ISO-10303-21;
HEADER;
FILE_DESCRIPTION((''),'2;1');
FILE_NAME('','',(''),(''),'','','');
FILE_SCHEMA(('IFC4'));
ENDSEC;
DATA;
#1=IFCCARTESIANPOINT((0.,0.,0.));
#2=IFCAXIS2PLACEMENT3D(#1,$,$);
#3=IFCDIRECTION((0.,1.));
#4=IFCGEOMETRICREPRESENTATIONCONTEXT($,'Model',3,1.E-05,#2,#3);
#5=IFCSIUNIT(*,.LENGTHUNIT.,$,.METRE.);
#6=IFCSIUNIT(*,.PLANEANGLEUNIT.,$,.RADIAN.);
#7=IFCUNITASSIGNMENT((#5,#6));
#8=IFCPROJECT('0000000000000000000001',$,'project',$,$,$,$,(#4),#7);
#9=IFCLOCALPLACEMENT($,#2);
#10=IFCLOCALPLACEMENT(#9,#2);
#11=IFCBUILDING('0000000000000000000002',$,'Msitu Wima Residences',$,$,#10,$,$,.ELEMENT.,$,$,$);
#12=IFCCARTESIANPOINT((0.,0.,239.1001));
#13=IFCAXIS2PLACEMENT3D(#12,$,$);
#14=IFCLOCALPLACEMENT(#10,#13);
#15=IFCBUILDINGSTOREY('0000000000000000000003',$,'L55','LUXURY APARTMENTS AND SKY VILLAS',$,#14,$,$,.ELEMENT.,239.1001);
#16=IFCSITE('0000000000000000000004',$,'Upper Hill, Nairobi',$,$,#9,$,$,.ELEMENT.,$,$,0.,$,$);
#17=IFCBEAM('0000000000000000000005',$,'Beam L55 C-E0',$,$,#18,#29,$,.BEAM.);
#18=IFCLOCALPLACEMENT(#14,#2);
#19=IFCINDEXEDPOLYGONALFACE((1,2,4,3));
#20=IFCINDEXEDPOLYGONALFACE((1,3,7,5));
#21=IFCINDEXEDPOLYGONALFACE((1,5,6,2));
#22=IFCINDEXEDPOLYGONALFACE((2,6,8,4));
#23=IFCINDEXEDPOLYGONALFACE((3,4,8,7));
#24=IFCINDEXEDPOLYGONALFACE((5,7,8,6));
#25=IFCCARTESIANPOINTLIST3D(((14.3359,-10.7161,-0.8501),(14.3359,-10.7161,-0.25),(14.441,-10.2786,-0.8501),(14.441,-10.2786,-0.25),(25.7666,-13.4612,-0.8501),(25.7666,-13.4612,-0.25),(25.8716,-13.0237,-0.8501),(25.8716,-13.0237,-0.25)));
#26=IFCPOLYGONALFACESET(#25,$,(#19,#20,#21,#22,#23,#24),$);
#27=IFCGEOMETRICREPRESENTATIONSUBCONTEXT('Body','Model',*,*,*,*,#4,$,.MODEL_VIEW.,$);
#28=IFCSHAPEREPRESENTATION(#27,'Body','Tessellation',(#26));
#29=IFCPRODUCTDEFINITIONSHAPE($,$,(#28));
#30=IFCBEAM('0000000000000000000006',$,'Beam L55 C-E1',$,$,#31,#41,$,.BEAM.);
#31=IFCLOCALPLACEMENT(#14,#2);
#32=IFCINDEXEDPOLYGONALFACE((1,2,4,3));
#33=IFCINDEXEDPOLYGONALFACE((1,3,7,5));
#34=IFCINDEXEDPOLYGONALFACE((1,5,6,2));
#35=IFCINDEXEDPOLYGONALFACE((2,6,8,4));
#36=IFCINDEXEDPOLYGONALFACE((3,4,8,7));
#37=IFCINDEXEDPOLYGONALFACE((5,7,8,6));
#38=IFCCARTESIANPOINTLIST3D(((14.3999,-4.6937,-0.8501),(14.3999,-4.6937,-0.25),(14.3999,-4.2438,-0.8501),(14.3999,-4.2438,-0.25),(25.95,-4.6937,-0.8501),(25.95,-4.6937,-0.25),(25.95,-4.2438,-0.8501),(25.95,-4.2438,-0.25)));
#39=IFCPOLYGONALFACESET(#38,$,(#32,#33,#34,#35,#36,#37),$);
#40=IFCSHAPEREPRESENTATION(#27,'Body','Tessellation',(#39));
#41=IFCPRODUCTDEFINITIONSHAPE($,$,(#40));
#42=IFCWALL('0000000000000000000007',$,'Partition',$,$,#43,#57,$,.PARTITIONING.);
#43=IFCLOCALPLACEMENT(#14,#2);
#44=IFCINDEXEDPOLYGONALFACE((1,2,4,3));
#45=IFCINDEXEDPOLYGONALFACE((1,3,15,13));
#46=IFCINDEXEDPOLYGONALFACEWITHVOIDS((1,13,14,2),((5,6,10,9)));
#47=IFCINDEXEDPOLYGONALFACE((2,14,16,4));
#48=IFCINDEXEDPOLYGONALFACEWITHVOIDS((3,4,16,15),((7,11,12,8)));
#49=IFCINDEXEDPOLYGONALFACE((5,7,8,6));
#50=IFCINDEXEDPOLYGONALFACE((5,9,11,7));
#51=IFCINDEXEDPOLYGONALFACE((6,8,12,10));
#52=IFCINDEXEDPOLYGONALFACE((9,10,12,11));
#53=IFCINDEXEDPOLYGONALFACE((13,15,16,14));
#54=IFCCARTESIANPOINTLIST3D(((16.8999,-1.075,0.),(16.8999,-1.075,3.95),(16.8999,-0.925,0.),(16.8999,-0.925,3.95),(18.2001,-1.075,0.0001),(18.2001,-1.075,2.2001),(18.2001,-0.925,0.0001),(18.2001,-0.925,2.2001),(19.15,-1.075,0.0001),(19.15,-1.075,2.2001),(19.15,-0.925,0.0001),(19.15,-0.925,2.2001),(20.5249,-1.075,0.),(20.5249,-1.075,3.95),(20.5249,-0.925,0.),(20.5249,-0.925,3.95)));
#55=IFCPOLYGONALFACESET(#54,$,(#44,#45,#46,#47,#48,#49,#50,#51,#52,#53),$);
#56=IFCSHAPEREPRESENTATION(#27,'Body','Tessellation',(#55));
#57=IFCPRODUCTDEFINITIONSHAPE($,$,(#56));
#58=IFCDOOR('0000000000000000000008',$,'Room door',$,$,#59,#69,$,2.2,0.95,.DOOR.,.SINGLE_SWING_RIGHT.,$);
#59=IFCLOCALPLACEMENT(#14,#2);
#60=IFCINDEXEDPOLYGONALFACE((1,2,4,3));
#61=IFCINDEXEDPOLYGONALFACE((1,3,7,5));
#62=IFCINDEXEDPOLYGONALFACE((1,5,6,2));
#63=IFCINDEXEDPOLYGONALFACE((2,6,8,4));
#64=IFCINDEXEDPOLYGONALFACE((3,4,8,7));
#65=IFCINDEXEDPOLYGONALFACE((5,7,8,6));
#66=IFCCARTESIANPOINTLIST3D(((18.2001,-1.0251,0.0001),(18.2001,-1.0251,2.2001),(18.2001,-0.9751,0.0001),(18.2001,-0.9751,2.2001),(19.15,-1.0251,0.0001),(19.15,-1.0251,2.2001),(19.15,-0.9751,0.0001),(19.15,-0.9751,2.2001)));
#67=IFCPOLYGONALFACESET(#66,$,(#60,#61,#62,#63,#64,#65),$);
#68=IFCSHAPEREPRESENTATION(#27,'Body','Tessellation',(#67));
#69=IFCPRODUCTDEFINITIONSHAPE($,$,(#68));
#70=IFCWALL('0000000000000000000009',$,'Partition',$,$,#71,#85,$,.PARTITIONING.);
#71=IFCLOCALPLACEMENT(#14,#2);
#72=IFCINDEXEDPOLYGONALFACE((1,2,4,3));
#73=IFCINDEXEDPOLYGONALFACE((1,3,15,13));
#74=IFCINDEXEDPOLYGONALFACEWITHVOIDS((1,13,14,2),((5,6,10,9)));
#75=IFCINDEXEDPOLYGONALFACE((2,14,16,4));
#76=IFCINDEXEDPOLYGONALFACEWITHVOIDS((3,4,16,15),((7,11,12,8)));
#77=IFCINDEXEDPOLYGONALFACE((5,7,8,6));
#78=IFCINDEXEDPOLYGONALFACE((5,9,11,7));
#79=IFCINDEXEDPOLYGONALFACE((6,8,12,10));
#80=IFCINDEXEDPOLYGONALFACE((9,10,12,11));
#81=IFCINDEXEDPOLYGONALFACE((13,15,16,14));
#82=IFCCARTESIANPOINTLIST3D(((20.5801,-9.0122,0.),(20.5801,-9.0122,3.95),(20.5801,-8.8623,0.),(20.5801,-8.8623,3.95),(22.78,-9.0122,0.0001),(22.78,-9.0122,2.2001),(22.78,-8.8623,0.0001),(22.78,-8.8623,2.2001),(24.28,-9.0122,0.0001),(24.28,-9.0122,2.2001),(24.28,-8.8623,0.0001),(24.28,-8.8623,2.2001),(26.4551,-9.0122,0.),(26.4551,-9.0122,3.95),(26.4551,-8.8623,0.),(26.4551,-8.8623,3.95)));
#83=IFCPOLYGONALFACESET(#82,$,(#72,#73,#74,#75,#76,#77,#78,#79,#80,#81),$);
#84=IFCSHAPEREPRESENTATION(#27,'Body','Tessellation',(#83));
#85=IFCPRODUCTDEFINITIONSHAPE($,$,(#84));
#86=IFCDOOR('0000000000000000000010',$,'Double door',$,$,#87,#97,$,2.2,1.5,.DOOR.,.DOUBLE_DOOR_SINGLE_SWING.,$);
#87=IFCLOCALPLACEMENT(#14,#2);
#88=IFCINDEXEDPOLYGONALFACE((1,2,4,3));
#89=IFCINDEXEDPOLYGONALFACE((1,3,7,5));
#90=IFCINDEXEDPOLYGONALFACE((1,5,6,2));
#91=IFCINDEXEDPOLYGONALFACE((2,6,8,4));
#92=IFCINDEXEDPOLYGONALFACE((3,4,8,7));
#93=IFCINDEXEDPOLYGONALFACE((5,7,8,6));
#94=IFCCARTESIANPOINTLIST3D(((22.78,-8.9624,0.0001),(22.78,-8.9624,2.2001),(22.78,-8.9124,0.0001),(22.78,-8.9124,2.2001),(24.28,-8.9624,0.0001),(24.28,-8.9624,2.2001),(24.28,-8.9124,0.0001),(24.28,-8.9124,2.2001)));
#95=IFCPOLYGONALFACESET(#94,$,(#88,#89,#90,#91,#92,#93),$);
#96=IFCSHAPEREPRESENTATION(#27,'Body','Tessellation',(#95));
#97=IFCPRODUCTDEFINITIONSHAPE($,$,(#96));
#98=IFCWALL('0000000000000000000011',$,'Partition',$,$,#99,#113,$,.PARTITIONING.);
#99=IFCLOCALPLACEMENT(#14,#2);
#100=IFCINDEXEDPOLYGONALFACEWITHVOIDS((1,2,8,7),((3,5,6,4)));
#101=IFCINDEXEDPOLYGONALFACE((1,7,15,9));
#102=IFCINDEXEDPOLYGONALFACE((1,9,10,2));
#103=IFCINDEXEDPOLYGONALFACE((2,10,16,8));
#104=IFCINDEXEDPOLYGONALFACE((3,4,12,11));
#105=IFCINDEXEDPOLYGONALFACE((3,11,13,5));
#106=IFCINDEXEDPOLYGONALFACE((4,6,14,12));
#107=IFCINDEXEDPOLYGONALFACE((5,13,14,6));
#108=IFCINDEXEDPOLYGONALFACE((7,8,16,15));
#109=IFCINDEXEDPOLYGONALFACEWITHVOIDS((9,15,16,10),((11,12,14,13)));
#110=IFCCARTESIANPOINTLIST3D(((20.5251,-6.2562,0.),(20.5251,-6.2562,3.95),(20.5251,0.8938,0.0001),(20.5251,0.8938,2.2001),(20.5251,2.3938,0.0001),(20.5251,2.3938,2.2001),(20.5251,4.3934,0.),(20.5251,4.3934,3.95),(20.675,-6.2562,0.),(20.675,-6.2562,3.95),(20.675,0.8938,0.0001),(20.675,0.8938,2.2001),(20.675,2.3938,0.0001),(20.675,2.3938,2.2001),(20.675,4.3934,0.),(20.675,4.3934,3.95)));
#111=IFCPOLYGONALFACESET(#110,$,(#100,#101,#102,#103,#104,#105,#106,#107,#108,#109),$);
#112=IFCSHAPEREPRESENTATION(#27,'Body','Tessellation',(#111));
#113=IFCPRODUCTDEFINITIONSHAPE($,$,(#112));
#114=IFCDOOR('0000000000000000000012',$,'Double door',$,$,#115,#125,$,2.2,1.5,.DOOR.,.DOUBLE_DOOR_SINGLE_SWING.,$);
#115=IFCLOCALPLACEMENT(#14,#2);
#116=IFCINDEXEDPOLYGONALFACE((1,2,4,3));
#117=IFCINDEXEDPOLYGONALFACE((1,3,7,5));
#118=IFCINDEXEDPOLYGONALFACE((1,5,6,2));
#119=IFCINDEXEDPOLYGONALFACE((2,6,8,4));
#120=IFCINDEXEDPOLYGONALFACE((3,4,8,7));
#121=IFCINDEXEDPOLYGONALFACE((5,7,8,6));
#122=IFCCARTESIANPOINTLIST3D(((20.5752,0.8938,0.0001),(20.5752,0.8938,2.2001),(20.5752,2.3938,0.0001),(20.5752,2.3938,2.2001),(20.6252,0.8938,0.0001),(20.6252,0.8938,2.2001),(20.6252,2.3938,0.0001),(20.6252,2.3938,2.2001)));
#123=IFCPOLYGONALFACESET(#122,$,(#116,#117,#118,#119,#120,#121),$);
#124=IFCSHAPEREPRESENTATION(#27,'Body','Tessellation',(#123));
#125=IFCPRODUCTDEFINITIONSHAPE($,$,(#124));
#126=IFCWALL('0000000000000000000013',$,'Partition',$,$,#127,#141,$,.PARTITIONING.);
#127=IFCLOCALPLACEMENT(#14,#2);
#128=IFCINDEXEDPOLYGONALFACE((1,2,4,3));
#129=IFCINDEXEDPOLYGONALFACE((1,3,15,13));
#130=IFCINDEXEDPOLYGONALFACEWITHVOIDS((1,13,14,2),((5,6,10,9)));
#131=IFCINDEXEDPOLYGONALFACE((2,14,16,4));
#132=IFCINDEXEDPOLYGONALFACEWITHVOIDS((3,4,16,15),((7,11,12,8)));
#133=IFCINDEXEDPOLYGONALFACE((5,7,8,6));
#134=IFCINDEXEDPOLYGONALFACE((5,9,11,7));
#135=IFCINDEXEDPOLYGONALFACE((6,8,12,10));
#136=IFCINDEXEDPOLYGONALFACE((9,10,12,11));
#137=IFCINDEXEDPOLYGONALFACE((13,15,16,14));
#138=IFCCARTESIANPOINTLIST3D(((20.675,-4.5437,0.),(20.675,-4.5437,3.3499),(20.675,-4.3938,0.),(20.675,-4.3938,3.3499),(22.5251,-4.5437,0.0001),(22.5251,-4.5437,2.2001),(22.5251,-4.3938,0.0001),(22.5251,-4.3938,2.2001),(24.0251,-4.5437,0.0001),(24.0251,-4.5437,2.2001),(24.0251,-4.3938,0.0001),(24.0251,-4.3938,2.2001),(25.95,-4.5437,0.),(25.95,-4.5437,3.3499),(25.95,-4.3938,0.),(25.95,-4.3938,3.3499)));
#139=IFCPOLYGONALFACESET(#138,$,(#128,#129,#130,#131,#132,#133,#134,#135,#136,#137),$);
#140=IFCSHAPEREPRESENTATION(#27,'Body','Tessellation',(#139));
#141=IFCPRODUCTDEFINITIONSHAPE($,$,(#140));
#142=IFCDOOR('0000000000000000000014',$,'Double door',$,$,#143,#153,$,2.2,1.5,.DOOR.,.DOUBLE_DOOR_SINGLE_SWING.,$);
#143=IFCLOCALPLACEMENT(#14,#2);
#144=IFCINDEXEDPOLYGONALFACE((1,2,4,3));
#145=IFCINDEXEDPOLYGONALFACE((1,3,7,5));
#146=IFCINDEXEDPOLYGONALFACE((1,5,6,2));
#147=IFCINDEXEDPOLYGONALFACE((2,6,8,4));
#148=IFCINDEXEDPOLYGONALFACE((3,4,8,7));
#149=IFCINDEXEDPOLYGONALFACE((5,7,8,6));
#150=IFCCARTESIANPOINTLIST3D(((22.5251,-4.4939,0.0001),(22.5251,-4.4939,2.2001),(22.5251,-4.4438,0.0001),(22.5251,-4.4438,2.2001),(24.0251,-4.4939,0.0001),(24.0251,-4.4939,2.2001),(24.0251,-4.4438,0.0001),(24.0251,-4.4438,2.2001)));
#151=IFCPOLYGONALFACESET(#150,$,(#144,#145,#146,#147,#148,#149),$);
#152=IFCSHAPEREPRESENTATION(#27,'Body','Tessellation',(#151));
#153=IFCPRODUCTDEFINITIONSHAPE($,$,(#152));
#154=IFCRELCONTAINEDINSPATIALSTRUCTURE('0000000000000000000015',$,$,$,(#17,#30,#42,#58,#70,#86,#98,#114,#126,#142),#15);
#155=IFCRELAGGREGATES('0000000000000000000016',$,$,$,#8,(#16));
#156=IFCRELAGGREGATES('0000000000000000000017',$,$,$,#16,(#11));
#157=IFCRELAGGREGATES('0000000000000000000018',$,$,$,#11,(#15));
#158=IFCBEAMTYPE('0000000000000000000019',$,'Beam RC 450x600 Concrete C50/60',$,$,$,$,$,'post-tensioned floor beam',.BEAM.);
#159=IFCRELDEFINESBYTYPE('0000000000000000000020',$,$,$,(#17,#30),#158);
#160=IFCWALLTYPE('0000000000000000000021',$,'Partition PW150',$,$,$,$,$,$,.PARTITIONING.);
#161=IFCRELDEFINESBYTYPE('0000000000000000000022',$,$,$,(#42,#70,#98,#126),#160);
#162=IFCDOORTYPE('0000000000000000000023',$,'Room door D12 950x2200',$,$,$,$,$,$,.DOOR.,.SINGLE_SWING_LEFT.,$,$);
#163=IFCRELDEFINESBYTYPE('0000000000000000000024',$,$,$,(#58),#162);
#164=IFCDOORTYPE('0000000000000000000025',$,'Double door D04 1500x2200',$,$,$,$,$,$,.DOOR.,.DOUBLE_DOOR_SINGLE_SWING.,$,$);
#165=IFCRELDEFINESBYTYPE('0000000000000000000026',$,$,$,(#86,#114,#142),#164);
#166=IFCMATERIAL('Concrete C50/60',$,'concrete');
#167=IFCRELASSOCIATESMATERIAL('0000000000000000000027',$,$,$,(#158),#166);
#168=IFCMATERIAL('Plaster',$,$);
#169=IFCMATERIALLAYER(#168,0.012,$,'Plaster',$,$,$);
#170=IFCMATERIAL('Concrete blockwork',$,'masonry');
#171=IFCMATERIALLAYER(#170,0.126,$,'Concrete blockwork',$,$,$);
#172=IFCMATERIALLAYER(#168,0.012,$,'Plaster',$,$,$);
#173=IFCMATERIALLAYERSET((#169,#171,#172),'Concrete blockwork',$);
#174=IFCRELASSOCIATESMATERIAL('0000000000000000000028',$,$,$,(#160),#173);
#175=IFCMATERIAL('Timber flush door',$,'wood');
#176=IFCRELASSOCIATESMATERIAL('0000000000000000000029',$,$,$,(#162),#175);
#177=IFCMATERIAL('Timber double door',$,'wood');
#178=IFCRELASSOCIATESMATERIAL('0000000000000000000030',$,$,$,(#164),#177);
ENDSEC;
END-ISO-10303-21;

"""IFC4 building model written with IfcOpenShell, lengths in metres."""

from ifc_helpers import new_model, si_unit, direction, frame, frame_2d, origin, origin_2d, place, context, subcontext, project, spatial, rectangle, extrude, material, layer, layer_set, material_profile, profile_set, type_object, element, fill, save


model = new_model("IFC4")

# Units and contexts
model_context = context("Model", 3, precision=1e-05, world=origin(), true_north=direction((0.0, 1.0)))
body_context = subcontext(model_context, "Body", "Model", "MODEL_VIEW")
ifc_project = project(units=[si_unit("LENGTHUNIT", "METRE"), si_unit("PLANEANGLEUNIT", "RADIAN")], contexts=[model_context])

# Site, building, storey
site_placement = place(None, origin())
site = spatial("IfcSite", under=ifc_project, at=site_placement, Name="Upper Hill, Nairobi", CompositionType="ELEMENT", RefElevation=0.0)
building_placement = place(site_placement, origin())
building = spatial("IfcBuilding", under=site, at=building_placement, Name="Msitu Wima Residences", CompositionType="ELEMENT")
storey_placement = place(building_placement, frame((0.0, 0.0, 239.1001)))
storey = spatial("IfcBuildingStorey", under=building, at=storey_placement, Name="L55", Description="LUXURY APARTMENTS AND SKY VILLAS", CompositionType="ELEMENT", Elevation=239.1001)

# Beams
ifc_material_1 = material(Name="Concrete C50/60", Category="concrete")
ifc_material_profile = material_profile(ifc_material_1, rectangle(XDim=0.45, YDim=0.6001, at=origin_2d()), Name="RC 450x600")
ifc_profile_set = profile_set([ifc_material_profile], Name="Concrete C50/60")
beam_type = type_object("IfcBeamType", Name="Beam RC 450x600 Concrete C50/60", ElementType="post-tensioned floor beam", PredefinedType="BEAM", material=ifc_profile_set)
beam_1_placement = place(storey_placement, frame((25.8191, -13.2424, -0.55), z_axis=(-0.972353, 0.233514, 0.0), x_axis=(-0.233514, -0.972353, 0.0)))
element("IfcBeam", 1, at=beam_1_placement, inside=storey, type_object=beam_type, Name="Beam L55 C-E0", PredefinedType="BEAM", context=body_context, shape_type="SweptSolid", body=[
    extrude(rectangle(XDim=0.45, YDim=0.6001, at=origin_2d()), origin(), (0.0, 0.0, 1.0), 11.7556),
])
beam_2_placement = place(storey_placement, frame((25.95, -4.4688, -0.55), z_axis=(-1.0, 0.0, 0.0), x_axis=(0.0, -1.0, 0.0)))
element("IfcBeam", 2, at=beam_2_placement, inside=storey, type_object=beam_type, Name="Beam L55 C-E1", PredefinedType="BEAM", context=body_context, shape_type="SweptSolid", body=[
    extrude(rectangle(XDim=0.45, YDim=0.6001, at=origin_2d()), origin(), (0.0, 0.0, 1.0), 11.55),
])

# Walls, openings, doors
ifc_material_2 = material(Name="Plaster")
ifc_layer_1 = layer(ifc_material_2, 0.012, Name="Plaster")
ifc_material_3 = material(Name="Concrete blockwork", Category="masonry")
ifc_layer_2 = layer(ifc_material_3, 0.126, Name="Concrete blockwork")
ifc_layer_3 = layer(ifc_material_2, 0.012, Name="Plaster")
ifc_layer_set_1 = layer_set([ifc_layer_1, ifc_layer_2, ifc_layer_3], Name="Concrete blockwork")
wall_type_1 = type_object("IfcWallType", Name="Partition PW150", PredefinedType="PARTITIONING", material=ifc_layer_set_1)
wall_1_placement = place(storey_placement, frame((16.8999, -1.0, 0.0), z_axis=(0.0, 0.0, 1.0), x_axis=(1.0, 0.0, 0.0)))
wall_1 = element("IfcWall", 3, at=wall_1_placement, inside=storey, type_object=wall_type_1, Name="Partition", PredefinedType="PARTITIONING", context=body_context, shape_type="SweptSolid", body=[
    extrude(rectangle(XDim=3.625, YDim=0.1499, at=frame_2d((1.8125, 0.0))), origin(), (0.0, 0.0, 1.0), 3.95),
])
opening_1_placement = place(wall_1_placement, frame((1.3, 0.0, 0.0)))
opening_1 = element("IfcOpeningElement", 4, at=opening_1_placement, cuts=wall_1, PredefinedType="OPENING", context=body_context, shape_type="SweptSolid", body=[
    extrude(rectangle(XDim=0.95, YDim=2.2, at=frame_2d((0.4751, 1.1001))), frame((0.0, 0.085, 0.0), z_axis=(0.0, -1.0, 0.0), x_axis=(1.0, 0.0, 0.0)), (0.0, 0.0, 1.0), 0.1699),
])
ifc_material_4 = material(Name="Timber flush door", Category="wood")
door_type_1 = type_object("IfcDoorType", Name="Room door D12 950x2200", OperationType="SINGLE_SWING_LEFT", PredefinedType="DOOR", material=ifc_material_4)
door_1_placement = place(opening_1_placement, origin())
door_1 = element("IfcDoor", 5, at=door_1_placement, inside=storey, type_object=door_type_1, Name="Room door", OperationType="SINGLE_SWING_RIGHT", OverallHeight=2.2, OverallWidth=0.95, PredefinedType="DOOR", context=body_context, shape_type="SweptSolid", body=[
    extrude(rectangle(XDim=0.95, YDim=2.2, at=frame_2d((0.4751, 1.1001))), frame((0.0, 0.0249, 0.0), z_axis=(0.0, -1.0, 0.0), x_axis=(1.0, 0.0, 0.0)), (0.0, 0.0, 1.0), 0.05),
])
fill(opening_1, door_1)
wall_2_placement = place(storey_placement, frame((20.5801, -8.9373, 0.0), z_axis=(0.0, 0.0, 1.0), x_axis=(1.0, 0.0, 0.0)))
wall_2 = element("IfcWall", 6, at=wall_2_placement, inside=storey, type_object=wall_type_1, Name="Partition", PredefinedType="PARTITIONING", context=body_context, shape_type="SweptSolid", body=[
    extrude(rectangle(XDim=5.875, YDim=0.1499, at=frame_2d((2.9375, 0.0))), origin(), (0.0, 0.0, 1.0), 3.95),
])
opening_2_placement = place(wall_2_placement, frame((2.2, 0.0, 0.0)))
opening_2 = element("IfcOpeningElement", 7, at=opening_2_placement, cuts=wall_2, PredefinedType="OPENING", context=body_context, shape_type="SweptSolid", body=[
    extrude(rectangle(XDim=1.5, YDim=2.2, at=frame_2d((0.75, 1.1001))), frame((0.0, 0.085, 0.0), z_axis=(0.0, -1.0, 0.0), x_axis=(1.0, 0.0, 0.0)), (0.0, 0.0, 1.0), 0.1699),
])
ifc_material_5 = material(Name="Timber double door", Category="wood")
door_type_2 = type_object("IfcDoorType", Name="Double door D04 1500x2200", OperationType="DOUBLE_DOOR_SINGLE_SWING", PredefinedType="DOOR", material=ifc_material_5)
door_2_placement = place(opening_2_placement, origin())
door_2 = element("IfcDoor", 8, at=door_2_placement, inside=storey, type_object=door_type_2, Name="Double door", OperationType="DOUBLE_DOOR_SINGLE_SWING", OverallHeight=2.2, OverallWidth=1.5, PredefinedType="DOOR", context=body_context, shape_type="SweptSolid", body=[
    extrude(rectangle(XDim=1.5, YDim=2.2, at=frame_2d((0.75, 1.1001))), frame((0.0, 0.0249, 0.0), z_axis=(0.0, -1.0, 0.0), x_axis=(1.0, 0.0, 0.0)), (0.0, 0.0, 1.0), 0.05),
])
fill(opening_2, door_2)
wall_3_placement = place(storey_placement, frame((20.6001, -6.2561, 0.0), z_axis=(0.0, 0.0, 1.0), x_axis=(0.0, 1.0, 0.0)))
wall_3 = element("IfcWall", 9, at=wall_3_placement, inside=storey, type_object=wall_type_1, Name="Partition", PredefinedType="PARTITIONING", context=body_context, shape_type="SweptSolid", body=[
    extrude(rectangle(XDim=10.6497, YDim=0.1499, at=frame_2d((5.3247, 0.0))), origin(), (0.0, 0.0, 1.0), 3.95),
])
opening_3_placement = place(wall_3_placement, frame((7.1499, 0.0, 0.0)))
opening_3 = element("IfcOpeningElement", 10, at=opening_3_placement, cuts=wall_3, PredefinedType="OPENING", context=body_context, shape_type="SweptSolid", body=[
    extrude(rectangle(XDim=1.5, YDim=2.2, at=frame_2d((0.75, 1.1001))), frame((0.0, 0.085, 0.0), z_axis=(0.0, -1.0, 0.0), x_axis=(1.0, 0.0, 0.0)), (0.0, 0.0, 1.0), 0.1699),
])
door_3_placement = place(opening_3_placement, origin())
door_3 = element("IfcDoor", 11, at=door_3_placement, inside=storey, type_object=door_type_2, Name="Double door", OperationType="DOUBLE_DOOR_SINGLE_SWING", OverallHeight=2.2, OverallWidth=1.5, PredefinedType="DOOR", context=body_context, shape_type="SweptSolid", body=[
    extrude(rectangle(XDim=1.5, YDim=2.2, at=frame_2d((0.75, 1.1001))), frame((0.0, 0.0249, 0.0), z_axis=(0.0, -1.0, 0.0), x_axis=(1.0, 0.0, 0.0)), (0.0, 0.0, 1.0), 0.05),
])
fill(opening_3, door_3)
wall_4_placement = place(storey_placement, frame((20.675, -4.4688, 0.0), z_axis=(0.0, 0.0, 1.0), x_axis=(1.0, 0.0, 0.0)))
wall_4 = element("IfcWall", 12, at=wall_4_placement, inside=storey, type_object=wall_type_1, Name="Partition", PredefinedType="PARTITIONING", context=body_context, shape_type="SweptSolid", body=[
    extrude(rectangle(XDim=5.2749, YDim=0.1499, at=frame_2d((2.6375, 0.0))), origin(), (0.0, 0.0, 1.0), 3.3499),
])
opening_4_placement = place(wall_4_placement, frame((1.8501, 0.0, 0.0)))
opening_4 = element("IfcOpeningElement", 13, at=opening_4_placement, cuts=wall_4, PredefinedType="OPENING", context=body_context, shape_type="SweptSolid", body=[
    extrude(rectangle(XDim=1.5, YDim=2.2, at=frame_2d((0.75, 1.1001))), frame((0.0, 0.085, 0.0), z_axis=(0.0, -1.0, 0.0), x_axis=(1.0, 0.0, 0.0)), (0.0, 0.0, 1.0), 0.1699),
])
door_4_placement = place(opening_4_placement, origin())
door_4 = element("IfcDoor", 14, at=door_4_placement, inside=storey, type_object=door_type_2, Name="Double door", OperationType="DOUBLE_DOOR_SINGLE_SWING", OverallHeight=2.2, OverallWidth=1.5, PredefinedType="DOOR", context=body_context, shape_type="SweptSolid", body=[
    extrude(rectangle(XDim=1.5, YDim=2.2, at=frame_2d((0.75, 1.1001))), frame((0.0, 0.0249, 0.0), z_axis=(0.0, -1.0, 0.0), x_axis=(1.0, 0.0, 0.0)), (0.0, 0.0, 1.0), 0.05),
])
fill(opening_4, door_4)

save(model, "model.ifc")
